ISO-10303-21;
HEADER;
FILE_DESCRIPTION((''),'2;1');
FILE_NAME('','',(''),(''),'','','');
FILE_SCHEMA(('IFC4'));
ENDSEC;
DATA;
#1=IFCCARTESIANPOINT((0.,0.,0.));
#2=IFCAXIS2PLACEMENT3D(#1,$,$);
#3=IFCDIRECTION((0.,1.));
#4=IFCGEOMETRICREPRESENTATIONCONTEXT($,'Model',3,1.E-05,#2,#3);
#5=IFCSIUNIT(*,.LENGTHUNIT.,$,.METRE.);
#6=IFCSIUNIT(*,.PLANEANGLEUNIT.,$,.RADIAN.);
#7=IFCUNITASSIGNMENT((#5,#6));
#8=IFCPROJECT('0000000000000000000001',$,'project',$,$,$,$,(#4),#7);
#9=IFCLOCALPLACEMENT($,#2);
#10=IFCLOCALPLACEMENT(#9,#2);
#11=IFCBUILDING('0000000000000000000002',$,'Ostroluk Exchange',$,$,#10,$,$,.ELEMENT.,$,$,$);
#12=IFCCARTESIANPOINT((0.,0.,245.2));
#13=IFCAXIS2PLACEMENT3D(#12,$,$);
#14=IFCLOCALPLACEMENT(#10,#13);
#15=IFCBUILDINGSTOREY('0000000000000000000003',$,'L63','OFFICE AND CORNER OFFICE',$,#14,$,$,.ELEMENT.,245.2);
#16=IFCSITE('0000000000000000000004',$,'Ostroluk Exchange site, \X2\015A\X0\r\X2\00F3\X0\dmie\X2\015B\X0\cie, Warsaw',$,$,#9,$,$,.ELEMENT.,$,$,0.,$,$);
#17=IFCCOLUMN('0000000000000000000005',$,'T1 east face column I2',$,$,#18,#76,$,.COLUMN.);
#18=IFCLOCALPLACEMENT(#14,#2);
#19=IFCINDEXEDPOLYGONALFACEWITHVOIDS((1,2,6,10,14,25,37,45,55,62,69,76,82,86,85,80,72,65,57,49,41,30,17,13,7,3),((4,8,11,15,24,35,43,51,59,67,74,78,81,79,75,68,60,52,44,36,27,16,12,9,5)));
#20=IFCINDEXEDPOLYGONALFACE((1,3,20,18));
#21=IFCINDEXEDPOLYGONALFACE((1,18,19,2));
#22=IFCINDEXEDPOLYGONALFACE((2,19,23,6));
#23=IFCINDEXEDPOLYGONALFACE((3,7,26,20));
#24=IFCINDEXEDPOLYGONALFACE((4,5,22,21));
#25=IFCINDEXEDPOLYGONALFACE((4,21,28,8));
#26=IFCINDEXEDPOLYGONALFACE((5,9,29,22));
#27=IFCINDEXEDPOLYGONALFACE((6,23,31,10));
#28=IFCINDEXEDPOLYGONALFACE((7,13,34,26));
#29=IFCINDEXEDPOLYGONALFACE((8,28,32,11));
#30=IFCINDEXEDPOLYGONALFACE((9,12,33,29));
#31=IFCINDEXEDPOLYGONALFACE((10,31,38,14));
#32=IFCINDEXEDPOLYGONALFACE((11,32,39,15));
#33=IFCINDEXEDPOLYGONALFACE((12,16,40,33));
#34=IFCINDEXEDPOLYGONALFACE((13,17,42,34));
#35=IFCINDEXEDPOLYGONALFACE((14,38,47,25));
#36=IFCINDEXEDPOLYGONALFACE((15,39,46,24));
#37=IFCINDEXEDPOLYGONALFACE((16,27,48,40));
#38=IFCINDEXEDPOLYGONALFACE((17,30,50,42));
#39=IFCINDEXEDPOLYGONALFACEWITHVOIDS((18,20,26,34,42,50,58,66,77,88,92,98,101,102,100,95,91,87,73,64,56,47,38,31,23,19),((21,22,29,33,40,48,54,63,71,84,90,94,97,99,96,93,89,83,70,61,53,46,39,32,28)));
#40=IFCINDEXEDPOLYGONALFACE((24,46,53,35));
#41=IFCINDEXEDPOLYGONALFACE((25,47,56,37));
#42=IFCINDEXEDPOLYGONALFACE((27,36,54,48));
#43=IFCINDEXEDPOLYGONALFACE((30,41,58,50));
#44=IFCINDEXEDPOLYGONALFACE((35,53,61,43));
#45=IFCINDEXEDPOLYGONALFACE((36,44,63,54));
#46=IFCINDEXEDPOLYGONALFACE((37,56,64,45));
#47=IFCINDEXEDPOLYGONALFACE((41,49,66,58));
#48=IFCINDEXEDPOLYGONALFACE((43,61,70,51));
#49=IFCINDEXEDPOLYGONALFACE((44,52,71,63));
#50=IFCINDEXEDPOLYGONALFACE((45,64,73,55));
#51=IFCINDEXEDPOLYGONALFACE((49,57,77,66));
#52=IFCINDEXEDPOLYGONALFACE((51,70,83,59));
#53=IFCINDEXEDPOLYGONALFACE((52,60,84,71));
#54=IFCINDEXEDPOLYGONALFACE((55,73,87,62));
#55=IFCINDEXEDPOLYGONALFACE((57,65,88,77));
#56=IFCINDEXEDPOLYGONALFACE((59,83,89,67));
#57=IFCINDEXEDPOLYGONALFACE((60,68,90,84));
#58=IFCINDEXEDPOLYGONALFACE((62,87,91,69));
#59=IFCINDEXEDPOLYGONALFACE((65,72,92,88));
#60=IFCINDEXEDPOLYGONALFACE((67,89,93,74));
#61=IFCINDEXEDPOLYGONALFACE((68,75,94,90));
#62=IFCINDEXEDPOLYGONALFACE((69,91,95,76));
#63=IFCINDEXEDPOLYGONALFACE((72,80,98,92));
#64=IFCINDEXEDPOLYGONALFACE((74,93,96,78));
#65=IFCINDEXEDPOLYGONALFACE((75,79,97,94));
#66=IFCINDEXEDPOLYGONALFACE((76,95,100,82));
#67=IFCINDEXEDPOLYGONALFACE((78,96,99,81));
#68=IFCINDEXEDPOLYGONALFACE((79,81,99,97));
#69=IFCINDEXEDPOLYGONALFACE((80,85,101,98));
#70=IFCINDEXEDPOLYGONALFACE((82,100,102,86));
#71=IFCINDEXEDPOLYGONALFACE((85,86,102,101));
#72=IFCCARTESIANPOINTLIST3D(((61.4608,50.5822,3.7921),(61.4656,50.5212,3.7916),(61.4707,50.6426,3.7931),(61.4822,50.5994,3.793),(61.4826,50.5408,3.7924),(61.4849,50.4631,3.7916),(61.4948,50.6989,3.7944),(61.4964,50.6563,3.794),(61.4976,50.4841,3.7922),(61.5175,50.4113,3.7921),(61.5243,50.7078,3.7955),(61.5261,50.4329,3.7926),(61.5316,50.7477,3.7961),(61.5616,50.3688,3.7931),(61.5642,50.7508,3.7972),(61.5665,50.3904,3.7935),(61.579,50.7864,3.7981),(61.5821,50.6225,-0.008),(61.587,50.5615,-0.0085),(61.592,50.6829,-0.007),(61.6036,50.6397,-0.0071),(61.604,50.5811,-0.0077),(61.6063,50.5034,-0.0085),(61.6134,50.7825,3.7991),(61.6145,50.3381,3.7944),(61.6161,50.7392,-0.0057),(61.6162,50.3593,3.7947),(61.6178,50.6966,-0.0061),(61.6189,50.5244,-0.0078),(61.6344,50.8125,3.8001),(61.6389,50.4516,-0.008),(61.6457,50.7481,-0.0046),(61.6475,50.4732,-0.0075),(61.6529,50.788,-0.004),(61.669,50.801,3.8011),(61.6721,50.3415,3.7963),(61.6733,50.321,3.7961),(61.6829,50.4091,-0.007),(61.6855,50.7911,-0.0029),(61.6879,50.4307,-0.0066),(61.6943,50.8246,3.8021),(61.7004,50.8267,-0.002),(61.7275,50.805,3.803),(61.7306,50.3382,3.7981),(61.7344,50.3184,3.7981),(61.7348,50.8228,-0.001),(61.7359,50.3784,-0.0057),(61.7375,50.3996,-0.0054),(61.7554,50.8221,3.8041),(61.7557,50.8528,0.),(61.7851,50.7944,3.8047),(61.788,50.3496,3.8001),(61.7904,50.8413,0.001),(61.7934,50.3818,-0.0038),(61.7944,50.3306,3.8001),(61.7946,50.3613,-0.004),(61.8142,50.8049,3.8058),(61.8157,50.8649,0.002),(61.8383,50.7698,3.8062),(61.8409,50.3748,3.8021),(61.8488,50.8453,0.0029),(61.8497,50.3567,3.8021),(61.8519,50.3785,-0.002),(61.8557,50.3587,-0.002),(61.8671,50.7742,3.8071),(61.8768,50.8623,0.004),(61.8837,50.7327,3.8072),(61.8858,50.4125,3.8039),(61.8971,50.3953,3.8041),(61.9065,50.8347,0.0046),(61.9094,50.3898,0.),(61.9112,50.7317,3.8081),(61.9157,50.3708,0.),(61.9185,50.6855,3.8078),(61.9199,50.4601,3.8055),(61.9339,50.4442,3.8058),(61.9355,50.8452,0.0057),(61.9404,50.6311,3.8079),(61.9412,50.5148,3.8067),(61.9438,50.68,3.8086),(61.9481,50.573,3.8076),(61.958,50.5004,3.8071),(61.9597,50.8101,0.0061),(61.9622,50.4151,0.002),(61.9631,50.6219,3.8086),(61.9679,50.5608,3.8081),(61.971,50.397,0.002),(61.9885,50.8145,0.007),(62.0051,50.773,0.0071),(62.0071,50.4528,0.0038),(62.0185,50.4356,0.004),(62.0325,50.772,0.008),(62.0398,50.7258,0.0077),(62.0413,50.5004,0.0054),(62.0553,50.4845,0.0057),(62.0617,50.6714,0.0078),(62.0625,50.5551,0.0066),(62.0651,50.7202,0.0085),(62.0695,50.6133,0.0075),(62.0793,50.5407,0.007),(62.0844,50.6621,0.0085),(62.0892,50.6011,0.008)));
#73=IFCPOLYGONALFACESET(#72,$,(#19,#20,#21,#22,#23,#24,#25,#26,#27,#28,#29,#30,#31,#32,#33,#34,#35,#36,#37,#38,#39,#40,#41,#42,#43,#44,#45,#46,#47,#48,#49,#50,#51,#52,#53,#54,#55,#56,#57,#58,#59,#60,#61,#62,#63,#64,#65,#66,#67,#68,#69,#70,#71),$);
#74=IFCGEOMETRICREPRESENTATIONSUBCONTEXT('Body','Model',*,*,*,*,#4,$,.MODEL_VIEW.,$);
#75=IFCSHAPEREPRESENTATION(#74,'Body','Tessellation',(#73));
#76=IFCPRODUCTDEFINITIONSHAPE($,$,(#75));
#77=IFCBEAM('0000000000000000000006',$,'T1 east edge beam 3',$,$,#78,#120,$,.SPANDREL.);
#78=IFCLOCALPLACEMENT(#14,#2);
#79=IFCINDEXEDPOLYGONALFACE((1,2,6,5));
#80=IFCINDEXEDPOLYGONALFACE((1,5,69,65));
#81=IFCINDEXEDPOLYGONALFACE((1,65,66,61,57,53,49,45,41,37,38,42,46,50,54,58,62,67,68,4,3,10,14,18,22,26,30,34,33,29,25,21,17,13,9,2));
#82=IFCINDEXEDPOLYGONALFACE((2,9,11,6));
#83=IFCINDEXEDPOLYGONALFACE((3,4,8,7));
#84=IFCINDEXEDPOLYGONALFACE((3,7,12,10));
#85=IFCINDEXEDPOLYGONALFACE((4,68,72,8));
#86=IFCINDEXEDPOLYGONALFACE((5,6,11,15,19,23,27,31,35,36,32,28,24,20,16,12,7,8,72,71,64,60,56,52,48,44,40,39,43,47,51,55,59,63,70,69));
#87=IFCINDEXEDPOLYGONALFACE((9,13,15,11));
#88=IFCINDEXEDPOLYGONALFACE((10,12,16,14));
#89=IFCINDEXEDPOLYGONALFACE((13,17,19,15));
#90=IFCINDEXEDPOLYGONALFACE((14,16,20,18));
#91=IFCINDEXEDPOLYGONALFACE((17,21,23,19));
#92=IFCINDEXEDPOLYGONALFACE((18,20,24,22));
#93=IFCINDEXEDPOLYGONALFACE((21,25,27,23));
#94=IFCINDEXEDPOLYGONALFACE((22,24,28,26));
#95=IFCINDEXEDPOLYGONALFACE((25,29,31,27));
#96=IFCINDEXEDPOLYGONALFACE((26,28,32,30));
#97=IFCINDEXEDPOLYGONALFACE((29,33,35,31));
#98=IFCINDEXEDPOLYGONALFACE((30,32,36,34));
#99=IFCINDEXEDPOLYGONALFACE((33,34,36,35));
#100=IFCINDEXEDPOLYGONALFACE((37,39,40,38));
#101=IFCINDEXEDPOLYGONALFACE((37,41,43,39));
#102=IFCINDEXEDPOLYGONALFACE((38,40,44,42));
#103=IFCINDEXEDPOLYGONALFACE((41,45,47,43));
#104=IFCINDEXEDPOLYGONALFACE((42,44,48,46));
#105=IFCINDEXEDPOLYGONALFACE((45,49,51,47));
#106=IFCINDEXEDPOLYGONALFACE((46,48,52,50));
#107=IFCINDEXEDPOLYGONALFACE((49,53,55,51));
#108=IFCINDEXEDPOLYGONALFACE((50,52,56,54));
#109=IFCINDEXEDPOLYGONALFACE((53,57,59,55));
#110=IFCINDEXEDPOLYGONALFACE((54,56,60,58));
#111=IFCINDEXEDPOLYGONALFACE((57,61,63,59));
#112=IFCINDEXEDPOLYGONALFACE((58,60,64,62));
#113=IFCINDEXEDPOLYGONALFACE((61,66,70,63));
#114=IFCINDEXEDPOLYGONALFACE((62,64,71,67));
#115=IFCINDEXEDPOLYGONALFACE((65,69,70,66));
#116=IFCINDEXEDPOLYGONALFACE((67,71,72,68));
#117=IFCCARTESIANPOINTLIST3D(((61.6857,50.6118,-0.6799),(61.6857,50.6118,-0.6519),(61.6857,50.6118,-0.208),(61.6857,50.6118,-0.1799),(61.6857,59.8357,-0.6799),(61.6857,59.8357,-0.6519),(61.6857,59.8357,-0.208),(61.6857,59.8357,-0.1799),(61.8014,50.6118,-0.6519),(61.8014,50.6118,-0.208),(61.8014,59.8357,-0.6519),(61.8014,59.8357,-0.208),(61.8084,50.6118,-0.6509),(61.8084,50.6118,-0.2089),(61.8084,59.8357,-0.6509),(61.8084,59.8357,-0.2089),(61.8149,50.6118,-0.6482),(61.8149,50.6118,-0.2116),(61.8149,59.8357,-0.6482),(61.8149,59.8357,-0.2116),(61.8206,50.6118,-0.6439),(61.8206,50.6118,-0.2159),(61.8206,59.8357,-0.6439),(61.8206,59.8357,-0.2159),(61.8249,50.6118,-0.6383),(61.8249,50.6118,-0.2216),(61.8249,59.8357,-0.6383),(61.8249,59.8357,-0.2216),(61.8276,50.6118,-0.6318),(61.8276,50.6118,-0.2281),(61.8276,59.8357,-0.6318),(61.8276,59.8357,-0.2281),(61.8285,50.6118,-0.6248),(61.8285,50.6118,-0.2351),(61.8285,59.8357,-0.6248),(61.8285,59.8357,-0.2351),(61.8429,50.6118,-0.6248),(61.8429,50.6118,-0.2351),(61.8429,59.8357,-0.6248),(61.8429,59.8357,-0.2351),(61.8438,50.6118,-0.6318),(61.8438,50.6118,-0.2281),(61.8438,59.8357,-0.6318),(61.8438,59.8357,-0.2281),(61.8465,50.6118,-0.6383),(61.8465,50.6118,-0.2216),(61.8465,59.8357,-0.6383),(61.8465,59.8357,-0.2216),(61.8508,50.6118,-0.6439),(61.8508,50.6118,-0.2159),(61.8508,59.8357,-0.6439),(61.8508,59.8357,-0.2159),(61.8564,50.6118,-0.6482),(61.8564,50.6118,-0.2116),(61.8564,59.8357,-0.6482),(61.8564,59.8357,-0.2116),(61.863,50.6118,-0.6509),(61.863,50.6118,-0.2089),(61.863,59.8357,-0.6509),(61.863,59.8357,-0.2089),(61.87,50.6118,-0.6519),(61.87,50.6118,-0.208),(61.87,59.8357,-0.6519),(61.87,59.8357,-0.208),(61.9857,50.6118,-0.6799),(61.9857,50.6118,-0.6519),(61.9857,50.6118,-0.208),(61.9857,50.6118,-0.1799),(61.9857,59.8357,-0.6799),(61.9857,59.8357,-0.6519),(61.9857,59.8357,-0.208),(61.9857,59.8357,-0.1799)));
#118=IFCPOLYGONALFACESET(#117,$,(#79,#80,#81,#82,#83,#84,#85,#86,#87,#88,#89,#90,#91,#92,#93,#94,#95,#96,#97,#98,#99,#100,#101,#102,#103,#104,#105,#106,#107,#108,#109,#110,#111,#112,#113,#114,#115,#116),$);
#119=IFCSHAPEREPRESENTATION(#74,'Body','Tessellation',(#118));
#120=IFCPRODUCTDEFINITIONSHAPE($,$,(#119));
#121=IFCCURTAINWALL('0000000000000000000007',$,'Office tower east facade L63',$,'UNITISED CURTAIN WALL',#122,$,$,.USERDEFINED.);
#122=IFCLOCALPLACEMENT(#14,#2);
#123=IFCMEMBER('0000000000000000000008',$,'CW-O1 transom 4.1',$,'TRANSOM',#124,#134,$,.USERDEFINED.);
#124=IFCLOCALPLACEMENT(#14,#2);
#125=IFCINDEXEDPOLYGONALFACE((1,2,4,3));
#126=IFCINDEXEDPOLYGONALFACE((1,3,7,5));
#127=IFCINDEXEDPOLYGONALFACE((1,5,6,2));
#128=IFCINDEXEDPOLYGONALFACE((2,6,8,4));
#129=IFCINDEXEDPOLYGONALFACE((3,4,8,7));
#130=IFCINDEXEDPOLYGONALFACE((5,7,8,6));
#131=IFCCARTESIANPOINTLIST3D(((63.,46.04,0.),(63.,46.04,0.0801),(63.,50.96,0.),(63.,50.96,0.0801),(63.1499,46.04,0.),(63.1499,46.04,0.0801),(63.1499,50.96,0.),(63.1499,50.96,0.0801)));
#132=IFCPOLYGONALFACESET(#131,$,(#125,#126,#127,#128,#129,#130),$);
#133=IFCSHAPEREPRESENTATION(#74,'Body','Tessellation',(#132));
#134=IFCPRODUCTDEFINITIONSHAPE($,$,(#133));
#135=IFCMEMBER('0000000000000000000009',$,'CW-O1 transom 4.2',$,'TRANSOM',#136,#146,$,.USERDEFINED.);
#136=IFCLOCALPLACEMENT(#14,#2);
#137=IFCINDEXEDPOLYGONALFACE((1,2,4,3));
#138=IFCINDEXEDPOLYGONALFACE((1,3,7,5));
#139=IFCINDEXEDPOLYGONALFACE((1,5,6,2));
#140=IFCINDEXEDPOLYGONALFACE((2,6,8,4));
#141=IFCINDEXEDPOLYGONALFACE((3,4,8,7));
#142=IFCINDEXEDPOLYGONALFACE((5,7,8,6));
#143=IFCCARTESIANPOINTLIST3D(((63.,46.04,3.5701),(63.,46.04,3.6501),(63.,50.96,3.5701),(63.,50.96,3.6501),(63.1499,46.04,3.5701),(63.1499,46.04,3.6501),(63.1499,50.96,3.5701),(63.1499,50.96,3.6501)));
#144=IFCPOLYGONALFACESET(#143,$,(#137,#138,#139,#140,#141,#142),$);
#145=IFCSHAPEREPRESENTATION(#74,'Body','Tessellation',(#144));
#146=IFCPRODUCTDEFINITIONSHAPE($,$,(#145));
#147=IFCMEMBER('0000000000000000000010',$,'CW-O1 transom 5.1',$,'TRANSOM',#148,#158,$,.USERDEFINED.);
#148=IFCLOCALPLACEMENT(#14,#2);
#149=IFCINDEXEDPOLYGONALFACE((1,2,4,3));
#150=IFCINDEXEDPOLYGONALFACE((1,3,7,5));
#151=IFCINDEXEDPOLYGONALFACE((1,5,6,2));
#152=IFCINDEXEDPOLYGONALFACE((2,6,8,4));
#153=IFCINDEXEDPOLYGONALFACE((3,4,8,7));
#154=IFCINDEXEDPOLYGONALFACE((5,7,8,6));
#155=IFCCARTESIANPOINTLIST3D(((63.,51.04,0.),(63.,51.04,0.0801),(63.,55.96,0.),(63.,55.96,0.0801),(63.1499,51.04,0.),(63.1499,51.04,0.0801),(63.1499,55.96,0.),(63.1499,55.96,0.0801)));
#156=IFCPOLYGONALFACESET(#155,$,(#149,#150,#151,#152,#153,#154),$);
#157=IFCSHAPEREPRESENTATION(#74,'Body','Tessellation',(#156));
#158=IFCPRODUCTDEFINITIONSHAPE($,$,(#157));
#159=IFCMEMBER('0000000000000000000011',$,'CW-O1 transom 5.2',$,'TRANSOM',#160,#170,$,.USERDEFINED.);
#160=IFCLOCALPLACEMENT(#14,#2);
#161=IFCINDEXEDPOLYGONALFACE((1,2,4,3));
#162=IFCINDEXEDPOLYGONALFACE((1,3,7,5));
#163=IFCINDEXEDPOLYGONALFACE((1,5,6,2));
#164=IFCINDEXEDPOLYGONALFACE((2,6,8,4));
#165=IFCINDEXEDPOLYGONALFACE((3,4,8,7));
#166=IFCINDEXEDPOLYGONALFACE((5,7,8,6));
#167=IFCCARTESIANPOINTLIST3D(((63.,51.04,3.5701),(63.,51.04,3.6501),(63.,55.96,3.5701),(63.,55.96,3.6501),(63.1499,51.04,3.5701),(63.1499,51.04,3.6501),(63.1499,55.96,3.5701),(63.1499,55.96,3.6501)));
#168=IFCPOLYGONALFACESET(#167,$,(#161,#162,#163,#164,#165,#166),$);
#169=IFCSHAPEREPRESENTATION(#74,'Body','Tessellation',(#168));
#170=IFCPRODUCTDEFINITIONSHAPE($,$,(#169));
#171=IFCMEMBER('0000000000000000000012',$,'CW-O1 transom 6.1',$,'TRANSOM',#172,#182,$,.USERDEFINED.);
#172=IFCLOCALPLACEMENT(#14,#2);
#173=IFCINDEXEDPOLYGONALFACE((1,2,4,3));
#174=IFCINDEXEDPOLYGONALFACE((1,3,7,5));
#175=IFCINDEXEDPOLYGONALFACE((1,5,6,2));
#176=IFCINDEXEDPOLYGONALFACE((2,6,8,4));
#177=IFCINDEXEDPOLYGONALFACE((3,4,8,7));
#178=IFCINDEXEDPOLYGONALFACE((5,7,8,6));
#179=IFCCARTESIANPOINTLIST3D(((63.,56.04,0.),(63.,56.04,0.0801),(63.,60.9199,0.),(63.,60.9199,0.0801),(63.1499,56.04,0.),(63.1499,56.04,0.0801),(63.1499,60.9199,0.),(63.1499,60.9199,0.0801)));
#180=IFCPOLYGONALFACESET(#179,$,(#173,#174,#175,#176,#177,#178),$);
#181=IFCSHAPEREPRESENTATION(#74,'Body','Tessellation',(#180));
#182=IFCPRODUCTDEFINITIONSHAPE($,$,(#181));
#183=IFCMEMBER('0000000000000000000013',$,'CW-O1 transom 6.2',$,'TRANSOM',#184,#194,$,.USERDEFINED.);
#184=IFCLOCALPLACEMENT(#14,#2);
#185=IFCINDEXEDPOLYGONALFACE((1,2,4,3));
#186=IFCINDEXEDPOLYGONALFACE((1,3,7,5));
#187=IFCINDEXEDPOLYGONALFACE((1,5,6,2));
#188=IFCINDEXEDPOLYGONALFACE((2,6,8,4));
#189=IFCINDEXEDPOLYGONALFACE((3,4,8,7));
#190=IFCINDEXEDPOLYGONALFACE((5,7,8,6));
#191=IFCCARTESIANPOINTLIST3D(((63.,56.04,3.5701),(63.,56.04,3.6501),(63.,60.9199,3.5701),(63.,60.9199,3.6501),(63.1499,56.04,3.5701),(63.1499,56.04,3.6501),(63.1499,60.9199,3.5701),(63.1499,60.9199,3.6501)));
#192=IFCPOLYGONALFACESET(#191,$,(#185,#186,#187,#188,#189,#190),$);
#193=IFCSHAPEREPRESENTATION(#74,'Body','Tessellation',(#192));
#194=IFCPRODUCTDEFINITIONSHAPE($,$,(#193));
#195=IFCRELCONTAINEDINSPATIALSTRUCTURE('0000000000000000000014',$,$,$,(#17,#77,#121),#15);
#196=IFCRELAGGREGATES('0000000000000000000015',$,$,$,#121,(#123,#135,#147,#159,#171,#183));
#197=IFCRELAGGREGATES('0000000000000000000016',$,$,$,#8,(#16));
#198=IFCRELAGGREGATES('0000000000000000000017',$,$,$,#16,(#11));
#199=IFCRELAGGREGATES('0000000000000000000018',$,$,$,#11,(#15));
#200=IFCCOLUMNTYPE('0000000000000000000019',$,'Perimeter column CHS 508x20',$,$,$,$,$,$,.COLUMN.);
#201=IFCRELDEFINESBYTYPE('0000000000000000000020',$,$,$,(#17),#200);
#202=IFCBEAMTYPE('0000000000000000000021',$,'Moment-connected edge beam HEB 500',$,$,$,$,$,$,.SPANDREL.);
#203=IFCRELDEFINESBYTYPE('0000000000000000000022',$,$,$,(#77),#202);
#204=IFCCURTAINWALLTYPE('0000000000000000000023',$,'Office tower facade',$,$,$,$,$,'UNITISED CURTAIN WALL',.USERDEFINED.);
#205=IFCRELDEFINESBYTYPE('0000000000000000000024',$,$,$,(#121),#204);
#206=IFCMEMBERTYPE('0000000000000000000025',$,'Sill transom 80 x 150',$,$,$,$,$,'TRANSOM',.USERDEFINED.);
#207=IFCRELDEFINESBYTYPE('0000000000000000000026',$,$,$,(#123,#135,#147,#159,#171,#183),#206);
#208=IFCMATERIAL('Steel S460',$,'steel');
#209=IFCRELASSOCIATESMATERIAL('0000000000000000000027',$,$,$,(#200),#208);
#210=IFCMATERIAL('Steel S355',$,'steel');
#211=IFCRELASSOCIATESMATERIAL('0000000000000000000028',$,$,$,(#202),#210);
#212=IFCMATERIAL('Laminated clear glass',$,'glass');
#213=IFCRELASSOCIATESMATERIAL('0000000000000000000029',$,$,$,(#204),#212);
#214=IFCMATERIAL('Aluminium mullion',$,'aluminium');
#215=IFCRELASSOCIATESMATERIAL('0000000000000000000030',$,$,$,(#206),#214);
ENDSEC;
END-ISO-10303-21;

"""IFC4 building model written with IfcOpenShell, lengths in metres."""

from ifc_helpers import new_model, si_unit, direction, frame, origin, origin_2d, place, context, subcontext, project, spatial, rectangle, hollow_circle, i_section, extrude, material, material_profile, profile_set, type_object, element, aggregate, save


model = new_model("IFC4")

# Units and contexts
model_context = context("Model", 3, precision=1e-05, world=origin(), true_north=direction((0.0, 1.0)))
body_context = subcontext(model_context, "Body", "Model", "MODEL_VIEW")
ifc_project = project(units=[si_unit("LENGTHUNIT", "METRE"), si_unit("PLANEANGLEUNIT", "RADIAN")], contexts=[model_context])

# Site, building, storey
site_placement = place(None, origin())
site = spatial("IfcSite", under=ifc_project, at=site_placement, Name="Ostroluk Exchange site, Śródmieście, Warsaw", CompositionType="ELEMENT", RefElevation=0.0)
building_placement = place(site_placement, origin())
building = spatial("IfcBuilding", under=site, at=building_placement, Name="Ostroluk Exchange", CompositionType="ELEMENT")
storey_placement = place(building_placement, frame((0.0, 0.0, 245.2)))
storey = spatial("IfcBuildingStorey", under=building, at=storey_placement, Name="L63", Description="OFFICE AND CORNER OFFICE", CompositionType="ELEMENT", Elevation=245.2)

# Column
ifc_material_1 = material(Name="Steel S460", Category="steel")
ifc_material_profile_1 = material_profile(ifc_material_1, hollow_circle(Radius=0.2539, WallThickness=0.02, at=origin_2d()), Name="CHS 508x20")
ifc_profile_set_1 = profile_set([ifc_material_profile_1], Name="Steel S460")
column_type = type_object("IfcColumnType", Name="Perimeter column CHS 508x20", PredefinedType="COLUMN", material=ifc_profile_set_1)
column_placement = place(storey_placement, frame((61.8357, 50.6118, 0.0), z_axis=(-0.031913, -0.010595, 0.999435), x_axis=(0.315082, -0.949065, 0.0)))
element("IfcColumn", 1, at=column_placement, inside=storey, type_object=column_type, Name="T1 east face column I2", PredefinedType="COLUMN", context=body_context, shape_type="SweptSolid", body=[
    extrude(hollow_circle(Radius=0.2539, WallThickness=0.02, at=origin_2d()), origin(), (0.0, 0.0, 1.0), 3.8022),
])

# Beam
ifc_material_2 = material(Name="Steel S355", Category="steel")
ifc_material_profile_2 = material_profile(ifc_material_2, i_section(OverallWidth=0.3, OverallDepth=0.5, WebThickness=0.0144, FlangeThickness=0.0281, FilletRadius=0.0271, at=origin_2d()), Name="HEB 500")
ifc_profile_set_2 = profile_set([ifc_material_profile_2], Name="Steel S355")
beam_type = type_object("IfcBeamType", Name="Moment-connected edge beam HEB 500", PredefinedType="SPANDREL", material=ifc_profile_set_2)
beam_placement = place(storey_placement, frame((61.8357, 50.6118, -0.4299), z_axis=(0.0, 1.0, 0.0), x_axis=(-1.0, 0.0, 0.0)))
element("IfcBeam", 2, at=beam_placement, inside=storey, type_object=beam_type, Name="T1 east edge beam 3", PredefinedType="SPANDREL", context=body_context, shape_type="SweptSolid", body=[
    extrude(i_section(OverallWidth=0.3, OverallDepth=0.5, WebThickness=0.0144, FlangeThickness=0.0281, FilletRadius=0.0271, at=origin_2d()), origin(), (0.0, 0.0, 1.0), 9.2239),
])

# Curtain wall, members
ifc_material_3 = material(Name="Laminated clear glass", Category="glass")
curtain_wall_type = type_object("IfcCurtainWallType", Name="Office tower facade", ElementType="UNITISED CURTAIN WALL", PredefinedType="USERDEFINED", material=ifc_material_3)
curtain_wall_placement = place(storey_placement, origin())
curtain_wall = element("IfcCurtainWall", 3, at=curtain_wall_placement, inside=storey, type_object=curtain_wall_type, Name="Office tower east facade L63", ObjectType="UNITISED CURTAIN WALL", PredefinedType="USERDEFINED")
ifc_material_4 = material(Name="Aluminium mullion", Category="aluminium")
ifc_material_profile_3 = material_profile(ifc_material_4, rectangle(XDim=0.1499, YDim=0.0801, at=origin_2d()), Name="Sill transom 80 x 150")
ifc_profile_set_3 = profile_set([ifc_material_profile_3], Name="Aluminium mullion")
member_type_1 = type_object("IfcMemberType", Name="Sill transom 80 x 150", ElementType="TRANSOM", PredefinedType="USERDEFINED", material=ifc_profile_set_3)
member_1_placement = place(storey_placement, frame((63.075, 46.04, 0.04), z_axis=(0.0, 1.0, 0.0), x_axis=(-1.0, 0.0, 0.0)))
member_1 = element("IfcMember", 4, at=member_1_placement, type_object=member_type_1, Name="CW-O1 transom 4.1", ObjectType="TRANSOM", PredefinedType="USERDEFINED", context=body_context, shape_type="SweptSolid", body=[
    extrude(rectangle(XDim=0.1499, YDim=0.0801, at=origin_2d()), origin(), (0.0, 0.0, 1.0), 4.9199),
])
member_2_placement = place(storey_placement, frame((63.075, 46.04, 3.6101), z_axis=(0.0, 1.0, 0.0), x_axis=(-1.0, 0.0, 0.0)))
member_2 = element("IfcMember", 5, at=member_2_placement, type_object=member_type_1, Name="CW-O1 transom 4.2", ObjectType="TRANSOM", PredefinedType="USERDEFINED", context=body_context, shape_type="SweptSolid", body=[
    extrude(rectangle(XDim=0.1499, YDim=0.0801, at=origin_2d()), origin(), (0.0, 0.0, 1.0), 4.9199),
])
member_3_placement = place(storey_placement, frame((63.075, 51.04, 0.04), z_axis=(0.0, 1.0, 0.0), x_axis=(-1.0, 0.0, 0.0)))
member_3 = element("IfcMember", 6, at=member_3_placement, type_object=member_type_1, Name="CW-O1 transom 5.1", ObjectType="TRANSOM", PredefinedType="USERDEFINED", context=body_context, shape_type="SweptSolid", body=[
    extrude(rectangle(XDim=0.1499, YDim=0.0801, at=origin_2d()), origin(), (0.0, 0.0, 1.0), 4.9199),
])
member_4_placement = place(storey_placement, frame((63.075, 51.04, 3.6101), z_axis=(0.0, 1.0, 0.0), x_axis=(-1.0, 0.0, 0.0)))
member_4 = element("IfcMember", 7, at=member_4_placement, type_object=member_type_1, Name="CW-O1 transom 5.2", ObjectType="TRANSOM", PredefinedType="USERDEFINED", context=body_context, shape_type="SweptSolid", body=[
    extrude(rectangle(XDim=0.1499, YDim=0.0801, at=origin_2d()), origin(), (0.0, 0.0, 1.0), 4.9199),
])
member_5_placement = place(storey_placement, frame((63.075, 56.04, 0.04), z_axis=(0.0, 1.0, 0.0), x_axis=(-1.0, 0.0, 0.0)))
member_5 = element("IfcMember", 8, at=member_5_placement, type_object=member_type_1, Name="CW-O1 transom 6.1", ObjectType="TRANSOM", PredefinedType="USERDEFINED", context=body_context, shape_type="SweptSolid", body=[
    extrude(rectangle(XDim=0.1499, YDim=0.0801, at=origin_2d()), origin(), (0.0, 0.0, 1.0), 4.8799),
])
member_6_placement = place(storey_placement, frame((63.075, 56.04, 3.6101), z_axis=(0.0, 1.0, 0.0), x_axis=(-1.0, 0.0, 0.0)))
member_6 = element("IfcMember", 9, at=member_6_placement, type_object=member_type_1, Name="CW-O1 transom 6.2", ObjectType="TRANSOM", PredefinedType="USERDEFINED", context=body_context, shape_type="SweptSolid", body=[
    extrude(rectangle(XDim=0.1499, YDim=0.0801, at=origin_2d()), origin(), (0.0, 0.0, 1.0), 4.8799),
])
aggregate(curtain_wall, [member_1, member_2, member_3, member_4, member_5, member_6])

save(model, "model.ifc")
